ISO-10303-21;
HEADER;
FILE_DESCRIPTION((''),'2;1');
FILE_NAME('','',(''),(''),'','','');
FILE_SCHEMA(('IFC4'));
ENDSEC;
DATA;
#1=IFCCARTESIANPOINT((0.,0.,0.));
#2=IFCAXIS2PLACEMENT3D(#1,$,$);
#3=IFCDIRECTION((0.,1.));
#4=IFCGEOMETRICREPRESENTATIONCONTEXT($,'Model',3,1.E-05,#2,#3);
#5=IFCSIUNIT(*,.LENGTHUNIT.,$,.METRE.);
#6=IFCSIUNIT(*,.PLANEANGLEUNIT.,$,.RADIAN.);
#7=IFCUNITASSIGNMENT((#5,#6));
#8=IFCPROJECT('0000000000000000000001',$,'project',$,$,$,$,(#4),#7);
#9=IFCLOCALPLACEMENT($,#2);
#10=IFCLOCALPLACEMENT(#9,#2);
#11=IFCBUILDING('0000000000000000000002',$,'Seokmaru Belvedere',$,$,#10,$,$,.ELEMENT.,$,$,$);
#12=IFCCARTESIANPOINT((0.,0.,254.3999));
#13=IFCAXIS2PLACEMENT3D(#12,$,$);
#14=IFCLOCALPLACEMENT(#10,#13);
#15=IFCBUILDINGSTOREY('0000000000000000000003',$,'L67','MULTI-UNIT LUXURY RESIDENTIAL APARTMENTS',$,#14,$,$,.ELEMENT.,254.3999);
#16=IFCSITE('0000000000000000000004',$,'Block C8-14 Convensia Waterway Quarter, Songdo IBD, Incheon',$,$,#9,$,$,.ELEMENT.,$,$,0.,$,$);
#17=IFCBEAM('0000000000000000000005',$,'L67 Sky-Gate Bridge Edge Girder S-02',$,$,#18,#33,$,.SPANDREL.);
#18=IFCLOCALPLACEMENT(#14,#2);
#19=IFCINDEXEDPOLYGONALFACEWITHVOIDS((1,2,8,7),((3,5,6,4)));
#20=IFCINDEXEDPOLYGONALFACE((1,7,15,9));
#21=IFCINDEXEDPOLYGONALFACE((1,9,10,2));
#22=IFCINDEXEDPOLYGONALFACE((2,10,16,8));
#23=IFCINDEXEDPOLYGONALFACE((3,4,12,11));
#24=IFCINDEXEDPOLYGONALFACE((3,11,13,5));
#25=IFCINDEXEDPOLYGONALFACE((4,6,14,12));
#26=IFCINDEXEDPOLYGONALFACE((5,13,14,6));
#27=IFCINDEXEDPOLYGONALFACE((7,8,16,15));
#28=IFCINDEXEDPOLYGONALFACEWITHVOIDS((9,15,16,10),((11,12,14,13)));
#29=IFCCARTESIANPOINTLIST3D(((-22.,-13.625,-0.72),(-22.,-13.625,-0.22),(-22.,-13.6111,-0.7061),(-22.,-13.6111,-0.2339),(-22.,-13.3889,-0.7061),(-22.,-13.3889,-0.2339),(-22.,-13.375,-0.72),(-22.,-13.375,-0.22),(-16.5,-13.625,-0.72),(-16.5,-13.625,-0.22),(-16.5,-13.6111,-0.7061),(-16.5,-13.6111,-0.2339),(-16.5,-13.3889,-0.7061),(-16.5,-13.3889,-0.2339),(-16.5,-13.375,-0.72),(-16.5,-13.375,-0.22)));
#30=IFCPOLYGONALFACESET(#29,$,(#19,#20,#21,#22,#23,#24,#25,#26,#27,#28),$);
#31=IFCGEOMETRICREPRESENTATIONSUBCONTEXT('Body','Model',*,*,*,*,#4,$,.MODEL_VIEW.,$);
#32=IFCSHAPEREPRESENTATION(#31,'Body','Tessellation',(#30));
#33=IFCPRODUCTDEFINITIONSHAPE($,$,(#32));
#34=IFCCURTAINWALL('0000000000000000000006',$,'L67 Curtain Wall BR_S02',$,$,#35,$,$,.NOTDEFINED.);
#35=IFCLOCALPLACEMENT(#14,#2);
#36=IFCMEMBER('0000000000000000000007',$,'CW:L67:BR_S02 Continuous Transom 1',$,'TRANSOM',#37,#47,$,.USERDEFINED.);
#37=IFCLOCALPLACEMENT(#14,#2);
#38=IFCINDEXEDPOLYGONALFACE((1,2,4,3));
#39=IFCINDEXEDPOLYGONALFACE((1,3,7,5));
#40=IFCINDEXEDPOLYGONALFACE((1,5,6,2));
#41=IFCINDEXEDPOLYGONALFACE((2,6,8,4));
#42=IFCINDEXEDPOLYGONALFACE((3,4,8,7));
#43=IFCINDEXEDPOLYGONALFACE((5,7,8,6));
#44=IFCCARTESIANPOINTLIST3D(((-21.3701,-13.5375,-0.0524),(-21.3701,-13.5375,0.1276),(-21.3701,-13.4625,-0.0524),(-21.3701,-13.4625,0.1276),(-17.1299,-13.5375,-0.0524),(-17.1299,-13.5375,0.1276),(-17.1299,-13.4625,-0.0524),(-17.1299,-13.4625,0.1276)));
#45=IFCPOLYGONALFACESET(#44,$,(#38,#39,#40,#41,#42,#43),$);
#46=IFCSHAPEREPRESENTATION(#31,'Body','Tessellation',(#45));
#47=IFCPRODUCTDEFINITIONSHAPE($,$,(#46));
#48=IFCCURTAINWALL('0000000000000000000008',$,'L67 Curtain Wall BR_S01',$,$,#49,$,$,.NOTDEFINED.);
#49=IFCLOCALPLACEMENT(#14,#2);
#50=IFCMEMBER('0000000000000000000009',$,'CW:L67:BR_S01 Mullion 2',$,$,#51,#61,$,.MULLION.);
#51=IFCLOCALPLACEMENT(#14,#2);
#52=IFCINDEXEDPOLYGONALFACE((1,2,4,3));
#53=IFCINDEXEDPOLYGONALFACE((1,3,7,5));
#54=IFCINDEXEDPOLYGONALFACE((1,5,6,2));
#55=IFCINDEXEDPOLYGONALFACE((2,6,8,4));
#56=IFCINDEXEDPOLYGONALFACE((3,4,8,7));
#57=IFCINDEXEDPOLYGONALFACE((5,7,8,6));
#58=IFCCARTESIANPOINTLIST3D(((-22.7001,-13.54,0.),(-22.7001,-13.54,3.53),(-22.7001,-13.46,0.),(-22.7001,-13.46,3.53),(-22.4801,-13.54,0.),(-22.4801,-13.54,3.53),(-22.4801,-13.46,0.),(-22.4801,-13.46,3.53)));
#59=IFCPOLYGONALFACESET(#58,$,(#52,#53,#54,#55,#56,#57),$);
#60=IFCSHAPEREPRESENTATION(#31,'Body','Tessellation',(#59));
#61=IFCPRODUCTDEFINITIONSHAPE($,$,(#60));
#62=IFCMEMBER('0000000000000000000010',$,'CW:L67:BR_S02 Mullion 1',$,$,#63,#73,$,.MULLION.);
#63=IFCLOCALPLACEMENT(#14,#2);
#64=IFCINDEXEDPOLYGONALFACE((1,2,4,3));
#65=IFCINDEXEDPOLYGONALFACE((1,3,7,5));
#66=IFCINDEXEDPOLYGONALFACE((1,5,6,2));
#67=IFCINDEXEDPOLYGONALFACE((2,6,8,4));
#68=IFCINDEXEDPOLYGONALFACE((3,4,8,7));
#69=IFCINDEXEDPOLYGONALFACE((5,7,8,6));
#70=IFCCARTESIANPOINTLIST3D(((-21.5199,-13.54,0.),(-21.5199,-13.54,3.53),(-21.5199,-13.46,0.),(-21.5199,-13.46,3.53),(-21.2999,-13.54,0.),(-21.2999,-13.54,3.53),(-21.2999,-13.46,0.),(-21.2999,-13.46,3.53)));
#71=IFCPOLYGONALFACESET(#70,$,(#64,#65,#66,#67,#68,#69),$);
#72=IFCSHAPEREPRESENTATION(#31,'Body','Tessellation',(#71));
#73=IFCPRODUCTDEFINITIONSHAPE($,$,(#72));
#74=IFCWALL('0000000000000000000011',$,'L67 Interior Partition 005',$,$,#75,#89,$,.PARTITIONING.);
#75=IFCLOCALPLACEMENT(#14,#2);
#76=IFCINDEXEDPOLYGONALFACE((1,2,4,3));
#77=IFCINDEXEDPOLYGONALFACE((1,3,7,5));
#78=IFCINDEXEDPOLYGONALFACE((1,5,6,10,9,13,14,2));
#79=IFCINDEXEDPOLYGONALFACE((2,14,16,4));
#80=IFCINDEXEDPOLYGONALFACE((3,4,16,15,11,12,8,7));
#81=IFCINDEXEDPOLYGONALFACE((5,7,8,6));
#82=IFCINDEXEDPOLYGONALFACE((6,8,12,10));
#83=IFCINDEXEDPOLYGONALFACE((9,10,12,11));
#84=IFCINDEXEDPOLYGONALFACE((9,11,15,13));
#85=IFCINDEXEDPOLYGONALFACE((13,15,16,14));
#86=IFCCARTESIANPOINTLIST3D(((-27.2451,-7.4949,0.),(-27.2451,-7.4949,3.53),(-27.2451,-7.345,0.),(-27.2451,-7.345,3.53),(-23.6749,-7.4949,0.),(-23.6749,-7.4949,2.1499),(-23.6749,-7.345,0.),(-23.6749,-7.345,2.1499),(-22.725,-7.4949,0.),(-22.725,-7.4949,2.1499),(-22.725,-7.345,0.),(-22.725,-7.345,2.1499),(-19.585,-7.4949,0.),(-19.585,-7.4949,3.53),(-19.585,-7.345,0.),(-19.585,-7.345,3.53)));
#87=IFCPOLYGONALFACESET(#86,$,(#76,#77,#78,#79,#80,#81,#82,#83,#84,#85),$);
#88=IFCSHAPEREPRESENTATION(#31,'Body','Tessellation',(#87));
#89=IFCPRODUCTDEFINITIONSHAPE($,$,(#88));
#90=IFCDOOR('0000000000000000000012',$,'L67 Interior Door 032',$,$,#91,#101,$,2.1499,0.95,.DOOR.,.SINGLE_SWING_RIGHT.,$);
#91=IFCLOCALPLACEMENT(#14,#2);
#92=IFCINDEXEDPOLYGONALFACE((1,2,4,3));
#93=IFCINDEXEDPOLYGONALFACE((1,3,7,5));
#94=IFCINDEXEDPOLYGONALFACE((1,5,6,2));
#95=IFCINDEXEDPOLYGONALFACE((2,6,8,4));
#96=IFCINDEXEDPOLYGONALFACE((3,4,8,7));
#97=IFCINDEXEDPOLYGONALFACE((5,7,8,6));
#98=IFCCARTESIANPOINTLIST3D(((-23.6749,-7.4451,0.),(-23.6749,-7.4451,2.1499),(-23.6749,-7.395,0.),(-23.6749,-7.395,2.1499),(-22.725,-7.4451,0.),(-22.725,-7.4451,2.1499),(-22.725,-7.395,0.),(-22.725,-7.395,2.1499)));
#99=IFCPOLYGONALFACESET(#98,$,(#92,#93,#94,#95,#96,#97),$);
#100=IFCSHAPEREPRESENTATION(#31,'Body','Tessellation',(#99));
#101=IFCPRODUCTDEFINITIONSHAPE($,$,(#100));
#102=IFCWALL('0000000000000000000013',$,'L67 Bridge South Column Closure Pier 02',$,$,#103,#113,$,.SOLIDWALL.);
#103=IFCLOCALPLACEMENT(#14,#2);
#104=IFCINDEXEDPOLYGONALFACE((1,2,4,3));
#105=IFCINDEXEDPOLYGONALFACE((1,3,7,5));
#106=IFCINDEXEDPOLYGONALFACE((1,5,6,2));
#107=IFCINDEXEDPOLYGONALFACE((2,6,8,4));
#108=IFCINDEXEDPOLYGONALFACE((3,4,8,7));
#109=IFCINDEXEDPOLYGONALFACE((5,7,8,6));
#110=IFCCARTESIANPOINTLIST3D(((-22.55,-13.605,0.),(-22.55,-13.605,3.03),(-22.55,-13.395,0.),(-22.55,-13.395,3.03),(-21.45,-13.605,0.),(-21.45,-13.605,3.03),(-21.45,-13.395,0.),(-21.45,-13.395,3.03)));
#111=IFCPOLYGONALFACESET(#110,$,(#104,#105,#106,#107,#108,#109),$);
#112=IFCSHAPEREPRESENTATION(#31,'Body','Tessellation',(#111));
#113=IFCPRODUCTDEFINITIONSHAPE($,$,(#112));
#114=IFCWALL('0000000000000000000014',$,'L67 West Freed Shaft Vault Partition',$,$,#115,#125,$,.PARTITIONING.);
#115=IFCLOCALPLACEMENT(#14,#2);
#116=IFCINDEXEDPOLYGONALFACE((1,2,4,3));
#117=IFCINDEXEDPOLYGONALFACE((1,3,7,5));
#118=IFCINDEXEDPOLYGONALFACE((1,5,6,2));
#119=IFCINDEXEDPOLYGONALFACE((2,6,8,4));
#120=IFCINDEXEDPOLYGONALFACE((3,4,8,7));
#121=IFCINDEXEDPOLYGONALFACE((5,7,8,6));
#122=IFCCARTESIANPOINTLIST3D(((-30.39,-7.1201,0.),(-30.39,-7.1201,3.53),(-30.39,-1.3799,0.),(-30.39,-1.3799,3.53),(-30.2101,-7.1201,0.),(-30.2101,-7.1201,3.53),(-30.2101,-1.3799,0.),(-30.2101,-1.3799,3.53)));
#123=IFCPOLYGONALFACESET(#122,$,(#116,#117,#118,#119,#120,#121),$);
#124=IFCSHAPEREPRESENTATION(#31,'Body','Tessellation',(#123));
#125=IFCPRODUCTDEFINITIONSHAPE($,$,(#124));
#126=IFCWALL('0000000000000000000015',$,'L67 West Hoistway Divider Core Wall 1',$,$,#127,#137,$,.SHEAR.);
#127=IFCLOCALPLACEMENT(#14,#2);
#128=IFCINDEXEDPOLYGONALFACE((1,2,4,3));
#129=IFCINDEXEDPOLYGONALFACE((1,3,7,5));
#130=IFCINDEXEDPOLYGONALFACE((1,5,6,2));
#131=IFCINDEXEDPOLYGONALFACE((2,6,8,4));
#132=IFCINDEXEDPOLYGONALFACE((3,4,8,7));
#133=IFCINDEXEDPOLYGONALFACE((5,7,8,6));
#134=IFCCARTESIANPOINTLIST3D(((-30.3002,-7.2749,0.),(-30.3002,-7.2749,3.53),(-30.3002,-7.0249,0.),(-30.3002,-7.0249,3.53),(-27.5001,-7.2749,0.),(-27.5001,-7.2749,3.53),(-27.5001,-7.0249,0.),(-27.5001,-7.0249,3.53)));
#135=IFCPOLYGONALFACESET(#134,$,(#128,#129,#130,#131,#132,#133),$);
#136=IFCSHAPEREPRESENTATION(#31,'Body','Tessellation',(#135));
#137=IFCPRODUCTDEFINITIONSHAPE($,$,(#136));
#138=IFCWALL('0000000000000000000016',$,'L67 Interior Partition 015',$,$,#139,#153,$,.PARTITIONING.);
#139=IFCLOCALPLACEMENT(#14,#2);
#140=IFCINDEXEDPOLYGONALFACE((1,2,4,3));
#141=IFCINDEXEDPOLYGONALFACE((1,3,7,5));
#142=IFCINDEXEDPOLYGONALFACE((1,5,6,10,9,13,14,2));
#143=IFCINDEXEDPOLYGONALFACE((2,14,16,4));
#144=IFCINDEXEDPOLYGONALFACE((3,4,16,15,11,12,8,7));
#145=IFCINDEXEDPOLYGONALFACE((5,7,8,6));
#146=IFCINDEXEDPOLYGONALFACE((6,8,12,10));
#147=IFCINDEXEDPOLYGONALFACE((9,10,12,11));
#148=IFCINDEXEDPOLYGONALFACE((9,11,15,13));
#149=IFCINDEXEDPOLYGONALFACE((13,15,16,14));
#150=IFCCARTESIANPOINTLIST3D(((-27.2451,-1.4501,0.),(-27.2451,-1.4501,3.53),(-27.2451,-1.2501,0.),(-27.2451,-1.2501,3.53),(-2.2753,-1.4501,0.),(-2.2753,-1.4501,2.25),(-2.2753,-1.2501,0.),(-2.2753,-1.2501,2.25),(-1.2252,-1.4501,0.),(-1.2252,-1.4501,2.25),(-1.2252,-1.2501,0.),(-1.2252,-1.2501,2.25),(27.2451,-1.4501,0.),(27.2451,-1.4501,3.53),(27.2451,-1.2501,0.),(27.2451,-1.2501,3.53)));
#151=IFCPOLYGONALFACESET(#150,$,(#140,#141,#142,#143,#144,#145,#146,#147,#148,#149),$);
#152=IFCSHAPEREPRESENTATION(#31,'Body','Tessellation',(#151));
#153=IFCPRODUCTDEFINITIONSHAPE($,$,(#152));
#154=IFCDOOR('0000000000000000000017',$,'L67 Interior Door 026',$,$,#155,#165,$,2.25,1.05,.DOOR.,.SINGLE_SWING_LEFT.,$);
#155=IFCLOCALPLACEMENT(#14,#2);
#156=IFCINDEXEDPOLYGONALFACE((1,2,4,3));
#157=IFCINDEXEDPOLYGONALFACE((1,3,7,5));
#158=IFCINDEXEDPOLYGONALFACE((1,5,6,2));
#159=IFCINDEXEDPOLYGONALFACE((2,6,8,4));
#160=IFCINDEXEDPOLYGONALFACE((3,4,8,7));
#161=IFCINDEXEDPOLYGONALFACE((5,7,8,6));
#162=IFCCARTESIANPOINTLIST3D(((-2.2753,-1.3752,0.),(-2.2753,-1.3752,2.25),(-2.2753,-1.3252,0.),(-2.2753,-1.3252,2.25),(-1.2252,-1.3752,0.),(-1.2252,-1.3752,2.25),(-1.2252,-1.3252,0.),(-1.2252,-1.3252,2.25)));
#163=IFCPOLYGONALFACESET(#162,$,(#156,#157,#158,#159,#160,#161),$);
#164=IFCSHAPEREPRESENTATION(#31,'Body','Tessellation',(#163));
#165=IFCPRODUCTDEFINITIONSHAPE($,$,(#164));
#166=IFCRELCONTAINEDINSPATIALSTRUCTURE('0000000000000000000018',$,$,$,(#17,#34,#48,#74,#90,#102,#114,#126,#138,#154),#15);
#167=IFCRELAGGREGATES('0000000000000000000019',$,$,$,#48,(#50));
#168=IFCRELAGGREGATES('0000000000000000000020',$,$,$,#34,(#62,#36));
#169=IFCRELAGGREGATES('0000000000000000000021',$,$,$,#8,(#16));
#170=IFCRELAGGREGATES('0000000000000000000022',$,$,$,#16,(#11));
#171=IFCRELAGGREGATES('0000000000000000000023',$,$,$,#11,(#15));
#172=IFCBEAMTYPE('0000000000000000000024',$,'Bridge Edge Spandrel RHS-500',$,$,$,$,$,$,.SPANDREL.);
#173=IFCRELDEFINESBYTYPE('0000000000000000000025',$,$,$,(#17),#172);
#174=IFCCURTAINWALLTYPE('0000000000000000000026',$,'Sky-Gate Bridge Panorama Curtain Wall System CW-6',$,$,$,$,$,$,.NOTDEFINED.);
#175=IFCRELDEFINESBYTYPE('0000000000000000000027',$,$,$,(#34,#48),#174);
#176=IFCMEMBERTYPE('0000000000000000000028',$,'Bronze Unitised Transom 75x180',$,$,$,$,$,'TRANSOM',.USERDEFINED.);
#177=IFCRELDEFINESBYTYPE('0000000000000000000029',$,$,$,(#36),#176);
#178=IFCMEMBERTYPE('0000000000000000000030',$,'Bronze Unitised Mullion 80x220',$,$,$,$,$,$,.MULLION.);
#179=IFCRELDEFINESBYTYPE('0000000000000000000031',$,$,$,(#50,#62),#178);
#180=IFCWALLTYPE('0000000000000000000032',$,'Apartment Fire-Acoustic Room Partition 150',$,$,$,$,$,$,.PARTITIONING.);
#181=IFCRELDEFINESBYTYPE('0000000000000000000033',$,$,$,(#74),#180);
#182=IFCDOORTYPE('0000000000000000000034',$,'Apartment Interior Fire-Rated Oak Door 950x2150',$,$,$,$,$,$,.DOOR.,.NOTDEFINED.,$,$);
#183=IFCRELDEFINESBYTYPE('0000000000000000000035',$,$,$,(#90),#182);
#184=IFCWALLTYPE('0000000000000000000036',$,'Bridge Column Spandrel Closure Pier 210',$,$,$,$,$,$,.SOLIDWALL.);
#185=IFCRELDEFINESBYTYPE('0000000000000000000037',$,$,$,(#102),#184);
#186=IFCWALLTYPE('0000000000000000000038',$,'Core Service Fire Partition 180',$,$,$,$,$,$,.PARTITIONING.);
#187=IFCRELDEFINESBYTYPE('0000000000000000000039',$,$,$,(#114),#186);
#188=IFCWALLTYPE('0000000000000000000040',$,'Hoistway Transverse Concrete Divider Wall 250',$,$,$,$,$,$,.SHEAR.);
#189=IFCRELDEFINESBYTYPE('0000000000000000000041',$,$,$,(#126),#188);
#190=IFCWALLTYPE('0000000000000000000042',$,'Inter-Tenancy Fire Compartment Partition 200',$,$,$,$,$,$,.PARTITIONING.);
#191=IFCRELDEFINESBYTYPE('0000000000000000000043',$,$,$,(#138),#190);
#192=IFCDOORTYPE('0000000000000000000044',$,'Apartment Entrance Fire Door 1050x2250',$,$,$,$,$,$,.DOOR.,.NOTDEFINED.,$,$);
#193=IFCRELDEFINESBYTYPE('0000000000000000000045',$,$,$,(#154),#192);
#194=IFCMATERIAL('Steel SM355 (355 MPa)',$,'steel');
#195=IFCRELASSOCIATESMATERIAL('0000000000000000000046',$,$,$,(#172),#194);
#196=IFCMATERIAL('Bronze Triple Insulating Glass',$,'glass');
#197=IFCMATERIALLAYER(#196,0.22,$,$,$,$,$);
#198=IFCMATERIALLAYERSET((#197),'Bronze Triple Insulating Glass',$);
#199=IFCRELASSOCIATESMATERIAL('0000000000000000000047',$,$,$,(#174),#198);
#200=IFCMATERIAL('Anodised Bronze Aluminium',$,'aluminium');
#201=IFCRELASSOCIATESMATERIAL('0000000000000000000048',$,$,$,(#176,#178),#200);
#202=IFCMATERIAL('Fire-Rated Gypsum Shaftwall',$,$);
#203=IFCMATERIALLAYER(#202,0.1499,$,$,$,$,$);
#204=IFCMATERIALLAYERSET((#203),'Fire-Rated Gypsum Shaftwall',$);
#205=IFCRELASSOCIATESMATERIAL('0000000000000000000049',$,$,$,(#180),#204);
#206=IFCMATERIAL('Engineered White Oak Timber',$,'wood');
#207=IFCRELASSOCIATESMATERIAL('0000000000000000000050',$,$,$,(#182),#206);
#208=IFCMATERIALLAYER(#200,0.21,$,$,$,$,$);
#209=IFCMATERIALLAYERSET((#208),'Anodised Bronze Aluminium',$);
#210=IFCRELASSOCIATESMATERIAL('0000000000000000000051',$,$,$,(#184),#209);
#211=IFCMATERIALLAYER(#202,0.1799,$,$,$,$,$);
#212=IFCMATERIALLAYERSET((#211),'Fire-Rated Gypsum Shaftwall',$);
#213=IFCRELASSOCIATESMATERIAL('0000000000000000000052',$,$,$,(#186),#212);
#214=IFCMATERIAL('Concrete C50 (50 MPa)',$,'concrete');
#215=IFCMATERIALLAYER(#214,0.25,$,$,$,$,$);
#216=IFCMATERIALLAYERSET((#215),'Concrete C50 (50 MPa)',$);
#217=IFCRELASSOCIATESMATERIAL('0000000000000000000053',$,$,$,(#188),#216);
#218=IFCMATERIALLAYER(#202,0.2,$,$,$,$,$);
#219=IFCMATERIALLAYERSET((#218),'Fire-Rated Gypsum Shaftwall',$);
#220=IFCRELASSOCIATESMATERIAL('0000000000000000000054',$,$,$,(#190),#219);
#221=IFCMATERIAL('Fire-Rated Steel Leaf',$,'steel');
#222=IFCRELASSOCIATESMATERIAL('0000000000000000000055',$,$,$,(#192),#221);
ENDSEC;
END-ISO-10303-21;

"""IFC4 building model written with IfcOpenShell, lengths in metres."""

from ifc_helpers import new_model, si_unit, direction, frame, frame_2d, origin, origin_2d, place, context, subcontext, project, spatial, rectangle, hollow_rectangle, extrude, source, transform, mapped, material, layer, layer_set, material_profile, profile_set, type_object, type_shapes, element, fill, aggregate, save


model = new_model("IFC4")

# Units and contexts
model_context = context("Model", 3, precision=1e-05, world=origin(), true_north=direction((0.0, 1.0)))
body_context = subcontext(model_context, "Body", "Model", "MODEL_VIEW")
ifc_project = project(units=[si_unit("LENGTHUNIT", "METRE"), si_unit("PLANEANGLEUNIT", "RADIAN")], contexts=[model_context])

# Site, building, storey
site_placement = place(None, origin())
site = spatial("IfcSite", under=ifc_project, at=site_placement, Name="Block C8-14 Convensia Waterway Quarter, Songdo IBD, Incheon", CompositionType="ELEMENT", RefElevation=0.0)
building_placement = place(site_placement, origin())
building = spatial("IfcBuilding", under=site, at=building_placement, Name="Seokmaru Belvedere", CompositionType="ELEMENT")
storey_placement = place(building_placement, frame((0.0, 0.0, 254.3999)))
storey = spatial("IfcBuildingStorey", under=building, at=storey_placement, Name="L67", Description="MULTI-UNIT LUXURY RESIDENTIAL APARTMENTS", CompositionType="ELEMENT", Elevation=254.3999)

# Shared definitions
ifc_material_1 = material(Name="Steel SM355 (355 MPa)", Category="steel")

# Beam
ifc_material_profile_1 = material_profile(ifc_material_1, hollow_rectangle(XDim=0.25, YDim=0.5, WallThickness=0.0139, at=origin_2d()), Name="RHS-500x250x14")
ifc_profile_set_1 = profile_set([ifc_material_profile_1], Name="Steel SM355 (355 MPa)")
beam_type_1 = type_object("IfcBeamType", Name="Bridge Edge Spandrel RHS-500", PredefinedType="SPANDREL", material=ifc_profile_set_1)
shared_shape_1 = source(origin(), body_context, "Body", "SweptSolid", [
    extrude(hollow_rectangle(XDim=0.25, YDim=0.5, WallThickness=0.0139, at=origin_2d()), origin(), (0.0, 0.0, 1.0), 5.5),
])
type_shapes(beam_type_1, [shared_shape_1])
beam_1_placement = place(storey_placement, frame((-22.0, -13.5, -0.47), z_axis=(1.0, 0.0, 0.0), x_axis=(0.0, 1.0, 0.0)))
element("IfcBeam", 1, at=beam_1_placement, inside=storey, type_object=beam_type_1, Name="L67 Sky-Gate Bridge Edge Girder S-02", PredefinedType="SPANDREL", context=body_context, shape_type="MappedRepresentation", body=[
    mapped(shared_shape_1, transform((0.0, 0.0, 0.0), scale=1.0)),
])

# Curtain walls, members
ifc_material_2 = material(Name="Bronze Triple Insulating Glass", Category="glass")
ifc_layer_1 = layer(ifc_material_2, 0.22)
ifc_layer_set_1 = layer_set([ifc_layer_1], Name="Bronze Triple Insulating Glass")
curtain_wall_type = type_object("IfcCurtainWallType", Name="Sky-Gate Bridge Panorama Curtain Wall System CW-6", PredefinedType="NOTDEFINED", material=ifc_layer_set_1)
curtain_wall_1_placement = place(storey_placement, origin())
curtain_wall_1 = element("IfcCurtainWall", 2, at=curtain_wall_1_placement, inside=storey, type_object=curtain_wall_type, Name="L67 Curtain Wall BR_S02", PredefinedType="NOTDEFINED")
ifc_material_3 = material(Name="Anodised Bronze Aluminium", Category="aluminium")
ifc_material_profile_2 = material_profile(ifc_material_3, rectangle(XDim=0.075, YDim=0.1799, at=origin_2d()), Name="CW-T-75x180")
ifc_profile_set_2 = profile_set([ifc_material_profile_2], Name="Anodised Bronze Aluminium")
member_type_1 = type_object("IfcMemberType", Name="Bronze Unitised Transom 75x180", ElementType="TRANSOM", PredefinedType="USERDEFINED", material=ifc_profile_set_2)
shared_shape_2 = source(origin(), body_context, "Body", "SweptSolid", [
    extrude(rectangle(XDim=0.075, YDim=0.1799, at=origin_2d()), origin(), (0.0, 0.0, 1.0), 4.2402),
])
type_shapes(member_type_1, [shared_shape_2])
member_1_placement = place(storey_placement, frame((-21.3701, -13.5, 0.0376), z_axis=(1.0, 0.0, 0.0), x_axis=(0.0, 1.0, 0.0)))
member_1 = element("IfcMember", 3, at=member_1_placement, type_object=member_type_1, Name="CW:L67:BR_S02 Continuous Transom 1", ObjectType="TRANSOM", PredefinedType="USERDEFINED", context=body_context, shape_type="MappedRepresentation", body=[
    mapped(shared_shape_2, transform((0.0, 0.0, 0.0), scale=1.0)),
])
curtain_wall_2_placement = place(storey_placement, origin())
curtain_wall_2 = element("IfcCurtainWall", 4, at=curtain_wall_2_placement, inside=storey, type_object=curtain_wall_type, Name="L67 Curtain Wall BR_S01", PredefinedType="NOTDEFINED")
ifc_material_profile_3 = material_profile(ifc_material_3, rectangle(XDim=0.0801, YDim=0.22, at=origin_2d()), Name="CW-M-80x220")
ifc_profile_set_3 = profile_set([ifc_material_profile_3], Name="Anodised Bronze Aluminium")
member_type_2 = type_object("IfcMemberType", Name="Bronze Unitised Mullion 80x220", PredefinedType="MULLION", material=ifc_profile_set_3)
shared_shape_3 = source(origin(), body_context, "Body", "SweptSolid", [
    extrude(rectangle(XDim=0.0801, YDim=0.22, at=origin_2d()), origin(), (0.0, 0.0, 1.0), 3.53),
])
type_shapes(member_type_2, [shared_shape_3])
member_2_placement = place(storey_placement, frame((-22.5901, -13.5, 0.0), z_axis=(0.0, 0.0, 1.0), x_axis=(0.0, 1.0, 0.0)))
member_2 = element("IfcMember", 5, at=member_2_placement, type_object=member_type_2, Name="CW:L67:BR_S01 Mullion 2", PredefinedType="MULLION", context=body_context, shape_type="MappedRepresentation", body=[
    mapped(shared_shape_3, transform((0.0, 0.0, 0.0), scale=1.0)),
])
aggregate(curtain_wall_2, [member_2])

# Member
member_3_placement = place(storey_placement, frame((-21.4099, -13.5, 0.0), z_axis=(0.0, 0.0, 1.0), x_axis=(0.0, 1.0, 0.0)))
member_3 = element("IfcMember", 6, at=member_3_placement, type_object=member_type_2, Name="CW:L67:BR_S02 Mullion 1", PredefinedType="MULLION", context=body_context, shape_type="MappedRepresentation", body=[
    mapped(shared_shape_3, transform((0.0, 0.0, 0.0), scale=1.0)),
])
aggregate(curtain_wall_1, [member_3, member_1])

# Wall, opening, door
ifc_material_4 = material(Name="Fire-Rated Gypsum Shaftwall")
ifc_layer_2 = layer(ifc_material_4, 0.1499)
ifc_layer_set_2 = layer_set([ifc_layer_2], Name="Fire-Rated Gypsum Shaftwall")
wall_type_1 = type_object("IfcWallType", Name="Apartment Fire-Acoustic Room Partition 150", PredefinedType="PARTITIONING", material=ifc_layer_set_2)
wall_1_placement = place(storey_placement, frame((-27.2451, -7.4199, 0.0), z_axis=(0.0, 0.0, 1.0), x_axis=(1.0, 0.0, 0.0)))
wall_1 = element("IfcWall", 7, at=wall_1_placement, inside=storey, type_object=wall_type_1, Name="L67 Interior Partition 005", PredefinedType="PARTITIONING", context=body_context, shape_type="SweptSolid", body=[
    extrude(rectangle(XDim=7.6602, YDim=0.1499, at=frame_2d((3.8301, 0.0))), origin(), (0.0, 0.0, 1.0), 3.53),
])
opening_1_placement = place(wall_1_placement, frame((3.5701, 0.0, 0.0)))
opening_1 = element("IfcOpeningElement", 8, at=opening_1_placement, cuts=wall_1, PredefinedType="OPENING", context=body_context, shape_type="SweptSolid", body=[
    extrude(rectangle(XDim=0.95, YDim=2.1499, at=frame_2d((0.4751, 1.075))), frame((0.0, 0.085, 0.0), z_axis=(0.0, -1.0, 0.0), x_axis=(1.0, 0.0, 0.0)), (0.0, 0.0, 1.0), 0.1699),
])
ifc_material_5 = material(Name="Engineered White Oak Timber", Category="wood")
door_type_1 = type_object("IfcDoorType", Name="Apartment Interior Fire-Rated Oak Door 950x2150", OperationType="NOTDEFINED", PredefinedType="DOOR", material=ifc_material_5)
shared_shape_4 = source(origin(), body_context, "Body", "SweptSolid", [
    extrude(rectangle(XDim=0.95, YDim=2.1499, at=frame_2d((0.4751, 1.075))), frame((0.0, 0.0249, 0.0), z_axis=(0.0, -1.0, 0.0), x_axis=(1.0, 0.0, 0.0)), (0.0, 0.0, 1.0), 0.05),
])
type_shapes(door_type_1, [shared_shape_4])
door_1_placement = place(opening_1_placement, origin())
door_1 = element("IfcDoor", 9, at=door_1_placement, inside=storey, type_object=door_type_1, Name="L67 Interior Door 032", OperationType="SINGLE_SWING_RIGHT", OverallHeight=2.1499, OverallWidth=0.95, PredefinedType="DOOR", context=body_context, shape_type="MappedRepresentation", body=[
    mapped(shared_shape_4, transform((0.0, 0.0, 0.0), scale=1.0)),
])
fill(opening_1, door_1)

# Wall
ifc_layer_3 = layer(ifc_material_3, 0.21)
ifc_layer_set_3 = layer_set([ifc_layer_3], Name="Anodised Bronze Aluminium")
wall_type_2 = type_object("IfcWallType", Name="Bridge Column Spandrel Closure Pier 210", PredefinedType="SOLIDWALL", material=ifc_layer_set_3)
wall_2_placement = place(storey_placement, frame((-22.55, -13.5, 0.0), z_axis=(0.0, 0.0, 1.0), x_axis=(1.0, 0.0, 0.0)))
element("IfcWall", 10, at=wall_2_placement, inside=storey, type_object=wall_type_2, Name="L67 Bridge South Column Closure Pier 02", PredefinedType="SOLIDWALL", context=body_context, shape_type="SweptSolid", body=[
    extrude(rectangle(XDim=1.1001, YDim=0.21, at=frame_2d((0.55, 0.0))), origin(), (0.0, 0.0, 1.0), 3.03),
])

# Shared definitions
ifc_layer_4 = layer(ifc_material_4, 0.1799)
ifc_layer_set_4 = layer_set([ifc_layer_4], Name="Fire-Rated Gypsum Shaftwall")
wall_type_3 = type_object("IfcWallType", Name="Core Service Fire Partition 180", PredefinedType="PARTITIONING", material=ifc_layer_set_4)
ifc_material_6 = material(Name="Fire-Rated Steel Leaf", Category="steel")

# Walls
wall_3_placement = place(storey_placement, frame((-30.3, -7.1201, 0.0), z_axis=(0.0, 0.0, 1.0), x_axis=(0.0, 1.0, 0.0)))
element("IfcWall", 11, at=wall_3_placement, inside=storey, type_object=wall_type_3, Name="L67 West Freed Shaft Vault Partition", PredefinedType="PARTITIONING", context=body_context, shape_type="SweptSolid", body=[
    extrude(rectangle(XDim=5.7402, YDim=0.1799, at=frame_2d((2.8701, 0.0))), origin(), (0.0, 0.0, 1.0), 3.53),
])
ifc_material_7 = material(Name="Concrete C50 (50 MPa)", Category="concrete")
ifc_layer_5 = layer(ifc_material_7, 0.25)
ifc_layer_set_5 = layer_set([ifc_layer_5], Name="Concrete C50 (50 MPa)")
wall_type_4 = type_object("IfcWallType", Name="Hoistway Transverse Concrete Divider Wall 250", PredefinedType="SHEAR", material=ifc_layer_set_5)
wall_4_placement = place(storey_placement, frame((-30.3, -7.1499, 0.0), z_axis=(0.0, 0.0, 1.0), x_axis=(1.0, 0.0, 0.0)))
element("IfcWall", 12, at=wall_4_placement, inside=storey, type_object=wall_type_4, Name="L67 West Hoistway Divider Core Wall 1", PredefinedType="SHEAR", context=body_context, shape_type="SweptSolid", body=[
    extrude(rectangle(XDim=2.8, YDim=0.25, at=frame_2d((1.3999, 0.0))), origin(), (0.0, 0.0, 1.0), 3.53),
])

# Wall, opening, door
ifc_layer_6 = layer(ifc_material_4, 0.2)
ifc_layer_set_6 = layer_set([ifc_layer_6], Name="Fire-Rated Gypsum Shaftwall")
wall_type_5 = type_object("IfcWallType", Name="Inter-Tenancy Fire Compartment Partition 200", PredefinedType="PARTITIONING", material=ifc_layer_set_6)
wall_5_placement = place(storey_placement, frame((-27.2451, -1.3501, 0.0), z_axis=(0.0, 0.0, 1.0), x_axis=(1.0, 0.0, 0.0)))
wall_5 = element("IfcWall", 13, at=wall_5_placement, inside=storey, type_object=wall_type_5, Name="L67 Interior Partition 015", PredefinedType="PARTITIONING", context=body_context, shape_type="SweptSolid", body=[
    extrude(rectangle(XDim=54.4902, YDim=0.2, at=frame_2d((27.2451, 0.0))), origin(), (0.0, 0.0, 1.0), 3.53),
])
opening_2_placement = place(wall_5_placement, frame((24.97, 0.0, 0.0)))
opening_2 = element("IfcOpeningElement", 14, at=opening_2_placement, cuts=wall_5, PredefinedType="OPENING", context=body_context, shape_type="SweptSolid", body=[
    extrude(rectangle(XDim=1.05, YDim=2.25, at=frame_2d((0.5249, 1.125))), frame((0.0, 0.1099, 0.0), z_axis=(0.0, -1.0, 0.0), x_axis=(1.0, 0.0, 0.0)), (0.0, 0.0, 1.0), 0.22),
])
door_type_2 = type_object("IfcDoorType", Name="Apartment Entrance Fire Door 1050x2250", OperationType="NOTDEFINED", PredefinedType="DOOR", material=ifc_material_6)
shared_shape_5 = source(origin(), body_context, "Body", "SweptSolid", [
    extrude(rectangle(XDim=1.05, YDim=2.25, at=frame_2d((0.5249, 1.125))), frame((0.0, 0.0249, 0.0), z_axis=(0.0, -1.0, 0.0), x_axis=(1.0, 0.0, 0.0)), (0.0, 0.0, 1.0), 0.05),
])
type_shapes(door_type_2, [shared_shape_5])
door_2_placement = place(opening_2_placement, origin())
door_2 = element("IfcDoor", 15, at=door_2_placement, inside=storey, type_object=door_type_2, Name="L67 Interior Door 026", OperationType="SINGLE_SWING_LEFT", OverallHeight=2.25, OverallWidth=1.05, PredefinedType="DOOR", context=body_context, shape_type="MappedRepresentation", body=[
    mapped(shared_shape_5, transform((0.0, 0.0, 0.0), scale=1.0)),
])
fill(opening_2, door_2)

save(model, "model.ifc")
